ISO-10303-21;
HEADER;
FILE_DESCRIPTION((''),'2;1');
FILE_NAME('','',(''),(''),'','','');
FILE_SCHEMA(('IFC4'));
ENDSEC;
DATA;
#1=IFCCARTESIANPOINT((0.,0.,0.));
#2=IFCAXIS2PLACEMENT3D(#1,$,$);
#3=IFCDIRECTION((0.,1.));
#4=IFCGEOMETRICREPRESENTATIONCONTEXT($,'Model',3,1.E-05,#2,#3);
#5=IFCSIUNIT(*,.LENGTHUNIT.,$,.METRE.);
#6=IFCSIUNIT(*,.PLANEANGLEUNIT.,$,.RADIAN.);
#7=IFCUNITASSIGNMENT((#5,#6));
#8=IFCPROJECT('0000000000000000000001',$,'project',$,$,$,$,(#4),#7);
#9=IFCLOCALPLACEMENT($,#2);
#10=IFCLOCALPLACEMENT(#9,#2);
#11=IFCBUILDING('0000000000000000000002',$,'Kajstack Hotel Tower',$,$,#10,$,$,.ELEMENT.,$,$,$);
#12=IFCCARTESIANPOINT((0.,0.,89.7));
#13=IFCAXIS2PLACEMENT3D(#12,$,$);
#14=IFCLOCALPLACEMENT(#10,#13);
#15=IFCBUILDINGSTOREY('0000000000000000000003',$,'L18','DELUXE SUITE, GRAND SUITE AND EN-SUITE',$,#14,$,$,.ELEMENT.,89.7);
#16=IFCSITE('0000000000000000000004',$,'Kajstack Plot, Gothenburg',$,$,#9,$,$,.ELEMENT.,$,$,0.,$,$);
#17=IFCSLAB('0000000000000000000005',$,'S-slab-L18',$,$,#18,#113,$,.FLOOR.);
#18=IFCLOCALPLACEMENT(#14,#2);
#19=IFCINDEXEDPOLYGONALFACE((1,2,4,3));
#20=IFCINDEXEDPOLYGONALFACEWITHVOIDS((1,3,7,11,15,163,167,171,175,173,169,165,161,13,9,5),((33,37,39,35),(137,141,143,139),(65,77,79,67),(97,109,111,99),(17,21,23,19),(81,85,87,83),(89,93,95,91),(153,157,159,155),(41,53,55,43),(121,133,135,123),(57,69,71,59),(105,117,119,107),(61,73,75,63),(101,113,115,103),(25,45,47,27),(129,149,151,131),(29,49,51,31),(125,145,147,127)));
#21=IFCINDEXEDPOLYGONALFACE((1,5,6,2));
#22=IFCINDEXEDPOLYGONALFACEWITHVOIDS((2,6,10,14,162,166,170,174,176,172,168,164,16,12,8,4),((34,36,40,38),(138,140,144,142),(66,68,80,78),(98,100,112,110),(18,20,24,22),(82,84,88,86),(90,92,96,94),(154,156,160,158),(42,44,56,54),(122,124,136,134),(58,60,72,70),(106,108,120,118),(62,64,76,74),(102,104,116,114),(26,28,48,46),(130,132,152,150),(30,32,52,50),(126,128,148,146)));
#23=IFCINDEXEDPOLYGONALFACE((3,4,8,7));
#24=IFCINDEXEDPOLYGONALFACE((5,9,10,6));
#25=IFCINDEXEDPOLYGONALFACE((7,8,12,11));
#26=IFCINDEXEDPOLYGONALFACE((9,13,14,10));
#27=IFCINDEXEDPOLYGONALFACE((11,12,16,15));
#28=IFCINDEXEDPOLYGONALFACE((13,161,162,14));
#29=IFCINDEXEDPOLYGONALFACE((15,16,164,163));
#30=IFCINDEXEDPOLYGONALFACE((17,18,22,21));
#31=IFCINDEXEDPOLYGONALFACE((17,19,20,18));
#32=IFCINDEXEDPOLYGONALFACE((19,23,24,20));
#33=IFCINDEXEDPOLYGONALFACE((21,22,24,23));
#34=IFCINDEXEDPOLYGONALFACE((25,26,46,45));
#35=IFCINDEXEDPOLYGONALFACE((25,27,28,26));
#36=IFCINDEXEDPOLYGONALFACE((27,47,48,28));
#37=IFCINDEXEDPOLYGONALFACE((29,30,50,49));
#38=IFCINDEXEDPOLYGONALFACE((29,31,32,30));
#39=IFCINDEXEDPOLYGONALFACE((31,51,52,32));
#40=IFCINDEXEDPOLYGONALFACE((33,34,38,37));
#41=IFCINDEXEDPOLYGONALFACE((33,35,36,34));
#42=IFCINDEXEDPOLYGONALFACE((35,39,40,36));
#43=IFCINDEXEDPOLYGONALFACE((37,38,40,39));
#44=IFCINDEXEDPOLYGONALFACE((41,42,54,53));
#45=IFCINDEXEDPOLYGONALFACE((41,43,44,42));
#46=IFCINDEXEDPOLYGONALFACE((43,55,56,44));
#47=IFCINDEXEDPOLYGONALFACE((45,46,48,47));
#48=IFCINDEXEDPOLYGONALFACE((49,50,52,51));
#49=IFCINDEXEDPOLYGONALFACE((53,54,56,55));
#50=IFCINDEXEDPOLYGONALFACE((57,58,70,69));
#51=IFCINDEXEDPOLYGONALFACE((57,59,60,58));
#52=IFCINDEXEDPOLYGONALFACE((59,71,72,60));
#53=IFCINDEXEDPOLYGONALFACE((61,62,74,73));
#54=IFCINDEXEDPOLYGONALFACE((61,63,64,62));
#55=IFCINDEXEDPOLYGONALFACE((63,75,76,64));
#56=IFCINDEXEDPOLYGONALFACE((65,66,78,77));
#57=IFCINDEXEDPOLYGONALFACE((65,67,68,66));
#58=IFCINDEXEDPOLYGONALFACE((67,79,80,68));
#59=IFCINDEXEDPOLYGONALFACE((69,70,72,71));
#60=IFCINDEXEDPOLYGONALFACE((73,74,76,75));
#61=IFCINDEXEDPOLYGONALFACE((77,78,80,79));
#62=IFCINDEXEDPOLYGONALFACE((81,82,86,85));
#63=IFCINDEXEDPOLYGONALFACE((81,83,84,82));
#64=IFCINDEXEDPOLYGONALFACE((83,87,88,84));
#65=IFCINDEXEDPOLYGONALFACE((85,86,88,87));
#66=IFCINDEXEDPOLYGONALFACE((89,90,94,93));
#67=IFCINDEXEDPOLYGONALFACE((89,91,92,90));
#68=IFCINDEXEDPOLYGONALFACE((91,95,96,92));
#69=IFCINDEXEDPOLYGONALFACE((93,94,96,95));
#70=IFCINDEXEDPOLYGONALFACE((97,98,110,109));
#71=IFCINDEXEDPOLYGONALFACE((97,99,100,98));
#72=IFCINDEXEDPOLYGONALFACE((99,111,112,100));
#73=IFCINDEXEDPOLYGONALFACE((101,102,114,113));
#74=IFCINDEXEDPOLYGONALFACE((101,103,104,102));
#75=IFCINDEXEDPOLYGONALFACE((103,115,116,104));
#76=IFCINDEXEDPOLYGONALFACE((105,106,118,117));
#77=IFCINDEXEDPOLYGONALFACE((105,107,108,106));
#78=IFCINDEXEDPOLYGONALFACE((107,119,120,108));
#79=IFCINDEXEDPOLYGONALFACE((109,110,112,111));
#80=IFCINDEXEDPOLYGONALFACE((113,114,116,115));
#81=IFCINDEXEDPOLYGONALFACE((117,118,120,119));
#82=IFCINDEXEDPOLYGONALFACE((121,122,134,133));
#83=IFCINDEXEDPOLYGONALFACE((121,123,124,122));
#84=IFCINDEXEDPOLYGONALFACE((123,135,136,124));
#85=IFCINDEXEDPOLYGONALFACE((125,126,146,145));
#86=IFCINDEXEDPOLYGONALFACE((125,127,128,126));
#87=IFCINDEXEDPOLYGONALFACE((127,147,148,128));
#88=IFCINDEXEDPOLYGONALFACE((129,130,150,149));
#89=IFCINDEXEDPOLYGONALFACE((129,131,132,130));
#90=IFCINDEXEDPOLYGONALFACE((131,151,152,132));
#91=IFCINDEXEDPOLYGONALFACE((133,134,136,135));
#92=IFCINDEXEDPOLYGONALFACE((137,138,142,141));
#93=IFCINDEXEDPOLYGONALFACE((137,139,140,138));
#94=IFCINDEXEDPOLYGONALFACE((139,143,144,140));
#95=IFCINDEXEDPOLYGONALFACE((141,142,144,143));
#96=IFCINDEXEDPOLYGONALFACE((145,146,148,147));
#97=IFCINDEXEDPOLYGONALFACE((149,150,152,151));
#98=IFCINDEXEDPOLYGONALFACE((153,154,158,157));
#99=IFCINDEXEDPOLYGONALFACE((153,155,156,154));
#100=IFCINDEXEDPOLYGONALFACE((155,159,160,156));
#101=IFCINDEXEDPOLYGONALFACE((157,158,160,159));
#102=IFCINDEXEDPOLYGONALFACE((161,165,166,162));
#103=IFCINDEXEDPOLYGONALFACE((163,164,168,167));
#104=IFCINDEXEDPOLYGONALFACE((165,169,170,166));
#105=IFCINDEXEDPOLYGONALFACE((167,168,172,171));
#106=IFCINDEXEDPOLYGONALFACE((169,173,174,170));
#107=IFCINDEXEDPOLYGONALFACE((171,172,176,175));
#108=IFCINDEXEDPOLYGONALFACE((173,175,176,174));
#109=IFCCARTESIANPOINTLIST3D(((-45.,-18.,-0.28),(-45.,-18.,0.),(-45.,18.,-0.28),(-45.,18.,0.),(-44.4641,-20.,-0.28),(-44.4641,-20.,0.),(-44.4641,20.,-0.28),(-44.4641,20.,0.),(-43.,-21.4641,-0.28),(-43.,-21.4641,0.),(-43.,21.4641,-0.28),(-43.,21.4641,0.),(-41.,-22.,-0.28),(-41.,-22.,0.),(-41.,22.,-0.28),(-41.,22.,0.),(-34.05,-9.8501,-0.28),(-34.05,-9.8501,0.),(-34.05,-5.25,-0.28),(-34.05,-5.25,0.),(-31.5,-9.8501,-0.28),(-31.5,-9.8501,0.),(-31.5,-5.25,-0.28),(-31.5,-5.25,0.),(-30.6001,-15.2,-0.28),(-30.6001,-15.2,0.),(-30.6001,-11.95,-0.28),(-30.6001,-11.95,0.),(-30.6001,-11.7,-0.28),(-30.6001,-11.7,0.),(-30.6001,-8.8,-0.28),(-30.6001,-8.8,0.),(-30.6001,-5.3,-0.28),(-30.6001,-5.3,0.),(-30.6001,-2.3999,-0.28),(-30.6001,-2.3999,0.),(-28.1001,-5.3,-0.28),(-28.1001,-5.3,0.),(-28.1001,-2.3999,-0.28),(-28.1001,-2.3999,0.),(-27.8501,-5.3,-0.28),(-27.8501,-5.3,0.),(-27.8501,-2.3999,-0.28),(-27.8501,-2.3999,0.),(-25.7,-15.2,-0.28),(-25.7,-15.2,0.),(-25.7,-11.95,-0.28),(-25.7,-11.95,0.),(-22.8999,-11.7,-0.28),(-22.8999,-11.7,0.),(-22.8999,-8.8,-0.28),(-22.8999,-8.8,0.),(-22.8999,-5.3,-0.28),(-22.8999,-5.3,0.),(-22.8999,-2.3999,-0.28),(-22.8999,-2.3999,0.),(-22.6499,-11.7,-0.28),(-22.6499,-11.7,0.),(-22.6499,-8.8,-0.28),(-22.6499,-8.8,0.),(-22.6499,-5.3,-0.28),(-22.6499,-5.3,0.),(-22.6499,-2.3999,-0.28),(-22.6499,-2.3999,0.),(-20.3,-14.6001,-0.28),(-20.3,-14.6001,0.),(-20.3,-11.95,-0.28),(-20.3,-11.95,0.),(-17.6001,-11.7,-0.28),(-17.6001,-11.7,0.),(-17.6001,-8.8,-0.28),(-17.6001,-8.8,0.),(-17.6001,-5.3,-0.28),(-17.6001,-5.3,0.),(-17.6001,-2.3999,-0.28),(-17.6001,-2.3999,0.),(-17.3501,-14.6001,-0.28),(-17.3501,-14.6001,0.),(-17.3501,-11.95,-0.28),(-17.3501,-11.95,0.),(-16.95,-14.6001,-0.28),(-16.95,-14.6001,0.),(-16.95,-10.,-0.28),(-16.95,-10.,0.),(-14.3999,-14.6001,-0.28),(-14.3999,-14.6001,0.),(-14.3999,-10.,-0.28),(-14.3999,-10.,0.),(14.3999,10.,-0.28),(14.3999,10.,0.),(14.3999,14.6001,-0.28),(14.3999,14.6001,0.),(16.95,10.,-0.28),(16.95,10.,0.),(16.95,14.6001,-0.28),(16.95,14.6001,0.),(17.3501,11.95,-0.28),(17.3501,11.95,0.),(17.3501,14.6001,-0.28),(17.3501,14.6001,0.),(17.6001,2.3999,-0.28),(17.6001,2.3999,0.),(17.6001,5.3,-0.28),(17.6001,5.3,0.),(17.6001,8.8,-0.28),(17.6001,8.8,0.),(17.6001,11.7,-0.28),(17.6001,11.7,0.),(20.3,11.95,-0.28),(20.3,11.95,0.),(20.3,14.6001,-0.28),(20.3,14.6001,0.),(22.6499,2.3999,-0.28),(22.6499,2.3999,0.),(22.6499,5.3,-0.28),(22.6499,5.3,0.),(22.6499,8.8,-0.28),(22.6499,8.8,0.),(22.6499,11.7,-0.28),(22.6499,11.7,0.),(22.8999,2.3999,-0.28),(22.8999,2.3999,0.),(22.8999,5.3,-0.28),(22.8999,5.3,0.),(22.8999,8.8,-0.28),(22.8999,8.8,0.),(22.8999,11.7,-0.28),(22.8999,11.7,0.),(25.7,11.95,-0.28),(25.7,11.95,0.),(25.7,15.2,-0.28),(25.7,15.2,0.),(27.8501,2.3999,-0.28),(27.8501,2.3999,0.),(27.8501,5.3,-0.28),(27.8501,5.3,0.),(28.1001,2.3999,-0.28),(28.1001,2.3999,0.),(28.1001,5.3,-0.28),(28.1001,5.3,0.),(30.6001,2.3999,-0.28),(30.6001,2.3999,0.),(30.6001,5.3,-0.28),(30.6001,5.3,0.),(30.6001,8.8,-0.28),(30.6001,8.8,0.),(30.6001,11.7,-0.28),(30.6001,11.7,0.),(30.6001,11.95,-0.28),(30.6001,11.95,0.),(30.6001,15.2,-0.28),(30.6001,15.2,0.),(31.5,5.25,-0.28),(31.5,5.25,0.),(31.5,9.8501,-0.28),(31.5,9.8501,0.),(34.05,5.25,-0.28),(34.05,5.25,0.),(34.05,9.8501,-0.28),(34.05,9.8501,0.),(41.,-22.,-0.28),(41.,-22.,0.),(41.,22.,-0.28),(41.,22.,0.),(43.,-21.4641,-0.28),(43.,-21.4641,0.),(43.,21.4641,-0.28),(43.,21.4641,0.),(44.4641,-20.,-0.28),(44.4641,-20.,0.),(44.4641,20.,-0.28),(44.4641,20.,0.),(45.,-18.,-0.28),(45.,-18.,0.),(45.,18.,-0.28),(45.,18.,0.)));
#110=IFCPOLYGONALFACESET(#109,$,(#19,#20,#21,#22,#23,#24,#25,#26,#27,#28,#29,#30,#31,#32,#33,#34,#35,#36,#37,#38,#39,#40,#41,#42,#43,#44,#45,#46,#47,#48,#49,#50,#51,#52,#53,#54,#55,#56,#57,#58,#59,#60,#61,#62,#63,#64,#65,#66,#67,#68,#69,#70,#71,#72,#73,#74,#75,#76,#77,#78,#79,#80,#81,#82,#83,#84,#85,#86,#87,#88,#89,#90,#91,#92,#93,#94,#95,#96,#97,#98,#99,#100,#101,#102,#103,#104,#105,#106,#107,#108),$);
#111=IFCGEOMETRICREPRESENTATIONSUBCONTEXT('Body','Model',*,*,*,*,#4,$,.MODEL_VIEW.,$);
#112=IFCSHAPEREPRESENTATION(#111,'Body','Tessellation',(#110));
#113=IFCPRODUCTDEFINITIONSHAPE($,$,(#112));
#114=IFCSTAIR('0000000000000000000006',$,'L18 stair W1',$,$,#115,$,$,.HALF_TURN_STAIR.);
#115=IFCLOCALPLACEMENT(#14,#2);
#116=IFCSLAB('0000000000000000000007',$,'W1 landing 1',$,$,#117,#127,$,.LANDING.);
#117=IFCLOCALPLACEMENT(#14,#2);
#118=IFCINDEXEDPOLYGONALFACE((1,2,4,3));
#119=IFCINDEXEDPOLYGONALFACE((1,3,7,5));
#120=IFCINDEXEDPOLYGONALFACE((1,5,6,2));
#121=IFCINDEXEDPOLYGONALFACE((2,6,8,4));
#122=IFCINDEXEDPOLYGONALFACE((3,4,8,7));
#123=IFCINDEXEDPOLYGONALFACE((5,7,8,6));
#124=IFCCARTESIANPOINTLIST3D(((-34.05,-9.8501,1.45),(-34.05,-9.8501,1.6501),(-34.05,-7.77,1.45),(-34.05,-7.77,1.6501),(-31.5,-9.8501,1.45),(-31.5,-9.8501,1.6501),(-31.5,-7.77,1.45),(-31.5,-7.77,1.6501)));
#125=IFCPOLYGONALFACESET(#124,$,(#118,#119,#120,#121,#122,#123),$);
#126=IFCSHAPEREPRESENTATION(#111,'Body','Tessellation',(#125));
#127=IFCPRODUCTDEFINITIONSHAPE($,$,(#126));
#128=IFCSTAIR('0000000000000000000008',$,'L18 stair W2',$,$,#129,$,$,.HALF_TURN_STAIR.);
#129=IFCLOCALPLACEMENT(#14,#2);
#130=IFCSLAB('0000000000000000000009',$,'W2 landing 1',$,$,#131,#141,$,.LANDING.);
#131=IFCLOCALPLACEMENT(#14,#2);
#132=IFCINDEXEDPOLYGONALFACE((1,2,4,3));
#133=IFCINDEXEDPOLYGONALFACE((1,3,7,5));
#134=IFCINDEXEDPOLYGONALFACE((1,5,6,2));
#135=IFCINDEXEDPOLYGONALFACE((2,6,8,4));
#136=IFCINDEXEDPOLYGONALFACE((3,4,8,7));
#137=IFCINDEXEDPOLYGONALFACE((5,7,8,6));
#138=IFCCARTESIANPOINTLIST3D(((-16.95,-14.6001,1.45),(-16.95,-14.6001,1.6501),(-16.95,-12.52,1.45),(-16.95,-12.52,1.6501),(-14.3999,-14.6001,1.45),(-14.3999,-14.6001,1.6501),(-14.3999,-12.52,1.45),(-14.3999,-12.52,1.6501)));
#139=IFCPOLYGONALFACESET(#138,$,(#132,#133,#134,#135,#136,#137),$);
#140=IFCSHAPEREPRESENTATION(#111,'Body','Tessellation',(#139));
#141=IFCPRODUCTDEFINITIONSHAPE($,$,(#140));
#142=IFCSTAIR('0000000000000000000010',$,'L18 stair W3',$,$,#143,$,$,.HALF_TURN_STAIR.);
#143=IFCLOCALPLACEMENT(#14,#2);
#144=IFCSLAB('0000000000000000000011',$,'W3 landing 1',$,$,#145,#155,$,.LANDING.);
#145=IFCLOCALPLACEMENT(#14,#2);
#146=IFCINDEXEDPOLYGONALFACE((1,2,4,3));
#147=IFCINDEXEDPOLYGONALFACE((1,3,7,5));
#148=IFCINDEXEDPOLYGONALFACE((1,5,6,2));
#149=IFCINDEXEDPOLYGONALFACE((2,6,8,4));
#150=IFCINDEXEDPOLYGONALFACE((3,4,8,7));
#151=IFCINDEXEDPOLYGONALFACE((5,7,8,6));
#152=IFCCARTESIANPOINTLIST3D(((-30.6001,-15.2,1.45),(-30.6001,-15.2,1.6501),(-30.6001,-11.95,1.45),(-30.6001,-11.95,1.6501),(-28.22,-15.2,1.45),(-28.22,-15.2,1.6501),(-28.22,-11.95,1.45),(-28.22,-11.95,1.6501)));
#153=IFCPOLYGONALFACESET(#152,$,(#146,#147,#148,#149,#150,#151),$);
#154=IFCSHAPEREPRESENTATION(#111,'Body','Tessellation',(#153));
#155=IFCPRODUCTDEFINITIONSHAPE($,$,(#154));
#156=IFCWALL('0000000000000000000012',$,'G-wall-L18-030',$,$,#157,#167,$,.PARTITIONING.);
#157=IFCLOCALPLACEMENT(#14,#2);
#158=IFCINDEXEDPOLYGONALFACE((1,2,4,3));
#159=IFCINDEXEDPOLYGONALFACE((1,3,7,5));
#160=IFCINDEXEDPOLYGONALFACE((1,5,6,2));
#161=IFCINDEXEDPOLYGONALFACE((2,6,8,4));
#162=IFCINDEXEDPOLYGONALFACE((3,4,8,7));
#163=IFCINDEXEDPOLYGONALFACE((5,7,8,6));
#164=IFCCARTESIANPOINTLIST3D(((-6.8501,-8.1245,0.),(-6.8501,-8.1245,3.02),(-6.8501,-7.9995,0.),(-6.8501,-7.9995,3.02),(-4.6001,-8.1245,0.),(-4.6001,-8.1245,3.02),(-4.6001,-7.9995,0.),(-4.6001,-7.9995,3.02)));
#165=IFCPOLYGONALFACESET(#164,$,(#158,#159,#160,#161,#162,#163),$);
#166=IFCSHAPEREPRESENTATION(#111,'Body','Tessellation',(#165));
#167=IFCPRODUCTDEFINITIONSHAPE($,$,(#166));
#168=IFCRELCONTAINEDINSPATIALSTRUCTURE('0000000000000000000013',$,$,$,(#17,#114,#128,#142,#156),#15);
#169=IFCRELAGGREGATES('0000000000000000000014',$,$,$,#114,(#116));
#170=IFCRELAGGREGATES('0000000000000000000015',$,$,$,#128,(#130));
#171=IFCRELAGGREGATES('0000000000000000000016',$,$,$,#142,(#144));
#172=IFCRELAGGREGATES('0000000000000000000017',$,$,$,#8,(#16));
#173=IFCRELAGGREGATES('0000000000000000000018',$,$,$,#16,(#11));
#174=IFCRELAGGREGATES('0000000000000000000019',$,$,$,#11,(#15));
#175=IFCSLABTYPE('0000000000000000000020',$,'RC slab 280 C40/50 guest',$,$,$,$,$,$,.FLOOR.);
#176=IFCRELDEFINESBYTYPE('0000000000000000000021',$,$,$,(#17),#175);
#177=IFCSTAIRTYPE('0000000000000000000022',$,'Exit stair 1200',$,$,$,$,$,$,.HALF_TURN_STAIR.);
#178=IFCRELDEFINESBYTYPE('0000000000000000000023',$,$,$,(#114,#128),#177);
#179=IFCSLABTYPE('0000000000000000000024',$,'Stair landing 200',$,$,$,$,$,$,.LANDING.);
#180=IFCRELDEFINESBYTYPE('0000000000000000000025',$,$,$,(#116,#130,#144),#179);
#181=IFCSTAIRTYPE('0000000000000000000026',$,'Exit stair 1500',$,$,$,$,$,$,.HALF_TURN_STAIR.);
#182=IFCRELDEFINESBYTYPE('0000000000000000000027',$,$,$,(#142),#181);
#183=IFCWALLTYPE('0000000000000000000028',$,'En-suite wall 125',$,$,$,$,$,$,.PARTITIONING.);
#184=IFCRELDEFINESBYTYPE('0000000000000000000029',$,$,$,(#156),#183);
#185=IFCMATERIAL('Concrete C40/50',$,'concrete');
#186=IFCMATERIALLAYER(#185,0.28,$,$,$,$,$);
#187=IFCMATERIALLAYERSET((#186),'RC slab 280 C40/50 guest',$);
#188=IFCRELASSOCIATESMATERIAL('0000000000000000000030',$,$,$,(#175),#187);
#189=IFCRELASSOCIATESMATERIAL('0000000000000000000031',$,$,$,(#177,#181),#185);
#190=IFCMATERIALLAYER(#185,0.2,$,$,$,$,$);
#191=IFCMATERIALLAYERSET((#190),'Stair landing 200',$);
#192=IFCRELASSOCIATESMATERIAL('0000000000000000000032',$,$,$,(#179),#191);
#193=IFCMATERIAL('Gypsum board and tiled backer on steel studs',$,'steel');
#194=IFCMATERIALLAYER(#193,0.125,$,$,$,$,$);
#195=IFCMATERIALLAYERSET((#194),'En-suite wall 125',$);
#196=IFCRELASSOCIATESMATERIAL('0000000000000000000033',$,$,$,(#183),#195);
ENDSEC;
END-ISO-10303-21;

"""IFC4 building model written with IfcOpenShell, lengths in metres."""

from ifc_helpers import new_model, si_unit, direction, frame, frame_2d, origin, place, context, subcontext, project, spatial, polyline, rectangle, outline, extrude, material, layer, layer_set, type_object, element, aggregate, save


model = new_model("IFC4")

# Units and contexts
model_context = context("Model", 3, precision=1e-05, world=origin(), true_north=direction((0.0, 1.0)))
body_context = subcontext(model_context, "Body", "Model", "MODEL_VIEW")
ifc_project = project(units=[si_unit("LENGTHUNIT", "METRE"), si_unit("PLANEANGLEUNIT", "RADIAN")], contexts=[model_context])

# Site, building, storey
site_placement = place(None, origin())
site = spatial("IfcSite", under=ifc_project, at=site_placement, Name="Kajstack Plot, Gothenburg", CompositionType="ELEMENT", RefElevation=0.0)
building_placement = place(site_placement, origin())
building = spatial("IfcBuilding", under=site, at=building_placement, Name="Kajstack Hotel Tower", CompositionType="ELEMENT")
storey_placement = place(building_placement, frame((0.0, 0.0, 89.7)))
storey = spatial("IfcBuildingStorey", under=building, at=storey_placement, Name="L18", Description="DELUXE SUITE, GRAND SUITE AND EN-SUITE", CompositionType="ELEMENT", Elevation=89.7)

# Slab
ifc_material_1 = material(Name="Concrete C40/50", Category="concrete")
ifc_layer_1 = layer(ifc_material_1, 0.28)
ifc_layer_set_1 = layer_set([ifc_layer_1], Name="RC slab 280 C40/50 guest")
slab_type_1 = type_object("IfcSlabType", Name="RC slab 280 C40/50 guest", PredefinedType="FLOOR", material=ifc_layer_set_1)
slab_1_placement = place(storey_placement, frame((0.0, 0.0, -0.28)))
element("IfcSlab", 1, at=slab_1_placement, inside=storey, type_object=slab_type_1, Name="S-slab-L18", PredefinedType="FLOOR", context=body_context, shape_type="SweptSolid", body=[
    extrude(outline(polyline([(-45.0, -18.0), (-44.4641, -20.0), (-43.0, -21.4641), (-41.0, -22.0), (41.0, -22.0), (43.0, -21.4641), (44.4641, -20.0), (45.0, -18.0), (45.0, 18.0), (44.4641, 20.0), (43.0, 21.4641), (41.0, 22.0), (-41.0, 22.0), (-43.0, 21.4641), (-44.4641, 20.0), (-45.0, 18.0), (-45.0, -18.0)]), holes=[polyline([(-30.6001, -11.7), (-30.6001, -8.8), (-22.8999, -8.8), (-22.8999, -11.7), (-30.6001, -11.7)]), polyline([(-22.6499, -11.7), (-22.6499, -8.8), (-17.6001, -8.8), (-17.6001, -11.7), (-22.6499, -11.7)]), polyline([(-27.8501, -5.3), (-27.8501, -2.3999), (-22.8999, -2.3999), (-22.8999, -5.3), (-27.8501, -5.3)]), polyline([(-22.6499, -5.3), (-22.6499, -2.3999), (-17.6001, -2.3999), (-17.6001, -5.3), (-22.6499, -5.3)]), polyline([(-20.3, -14.6001), (-17.3501, -14.6001), (-17.3501, -11.95), (-20.3, -11.95), (-20.3, -14.6001)]), polyline([(-30.6001, -5.3), (-28.1001, -5.3), (-28.1001, -2.3999), (-30.6001, -2.3999), (-30.6001, -5.3)]), polyline([(22.8999, 8.8), (22.8999, 11.7), (30.6001, 11.7), (30.6001, 8.8), (22.8999, 8.8)]), polyline([(17.6001, 8.8), (17.6001, 11.7), (22.6499, 11.7), (22.6499, 8.8), (17.6001, 8.8)]), polyline([(22.8999, 2.3999), (22.8999, 5.3), (27.8501, 5.3), (27.8501, 2.3999), (22.8999, 2.3999)]), polyline([(17.6001, 2.3999), (17.6001, 5.3), (22.6499, 5.3), (22.6499, 2.3999), (17.6001, 2.3999)]), polyline([(20.3, 14.6001), (17.3501, 14.6001), (17.3501, 11.95), (20.3, 11.95), (20.3, 14.6001)]), polyline([(30.6001, 5.3), (28.1001, 5.3), (28.1001, 2.3999), (30.6001, 2.3999), (30.6001, 5.3)]), polyline([(-34.05, -9.8501), (-31.5, -9.8501), (-31.5, -5.25), (-34.05, -5.25), (-34.05, -9.8501)]), polyline([(-16.95, -14.6001), (-14.3999, -14.6001), (-14.3999, -10.0), (-16.95, -10.0), (-16.95, -14.6001)]), polyline([(-30.6001, -15.2), (-25.7, -15.2), (-25.7, -11.95), (-30.6001, -11.95), (-30.6001, -15.2)]), polyline([(34.05, 9.8501), (31.5, 9.8501), (31.5, 5.25), (34.05, 5.25), (34.05, 9.8501)]), polyline([(16.95, 14.6001), (14.3999, 14.6001), (14.3999, 10.0), (16.95, 10.0), (16.95, 14.6001)]), polyline([(30.6001, 15.2), (25.7, 15.2), (25.7, 11.95), (30.6001, 11.95), (30.6001, 15.2)])]), origin(), (0.0, 0.0, 1.0), 0.28),
])

# Stairs, slabs
stair_type_1 = type_object("IfcStairType", Name="Exit stair 1200", PredefinedType="HALF_TURN_STAIR", material=ifc_material_1)
stair_1_placement = place(storey_placement, origin())
stair_1 = element("IfcStair", 2, at=stair_1_placement, inside=storey, type_object=stair_type_1, Name="L18 stair W1", PredefinedType="HALF_TURN_STAIR")
ifc_layer_2 = layer(ifc_material_1, 0.2)
ifc_layer_set_2 = layer_set([ifc_layer_2], Name="Stair landing 200")
slab_type_2 = type_object("IfcSlabType", Name="Stair landing 200", PredefinedType="LANDING", material=ifc_layer_set_2)
slab_2_placement = place(storey_placement, frame((0.0, 0.0, 1.45)))
slab_2 = element("IfcSlab", 3, at=slab_2_placement, type_object=slab_type_2, Name="W1 landing 1", PredefinedType="LANDING", context=body_context, shape_type="SweptSolid", body=[
    extrude(outline(polyline([(-34.05, -7.77), (-34.05, -9.8501), (-31.5, -9.8501), (-31.5, -7.77), (-34.05, -7.77)])), origin(), (0.0, 0.0, 1.0), 0.2002),
])
aggregate(stair_1, [slab_2])
stair_2_placement = place(storey_placement, origin())
stair_2 = element("IfcStair", 4, at=stair_2_placement, inside=storey, type_object=stair_type_1, Name="L18 stair W2", PredefinedType="HALF_TURN_STAIR")
slab_3_placement = place(storey_placement, frame((0.0, 0.0, 1.45)))
slab_3 = element("IfcSlab", 5, at=slab_3_placement, type_object=slab_type_2, Name="W2 landing 1", PredefinedType="LANDING", context=body_context, shape_type="SweptSolid", body=[
    extrude(outline(polyline([(-16.95, -12.52), (-16.95, -14.6001), (-14.3999, -14.6001), (-14.3999, -12.52), (-16.95, -12.52)])), origin(), (0.0, 0.0, 1.0), 0.2002),
])
aggregate(stair_2, [slab_3])
stair_type_2 = type_object("IfcStairType", Name="Exit stair 1500", PredefinedType="HALF_TURN_STAIR", material=ifc_material_1)
stair_3_placement = place(storey_placement, origin())
stair_3 = element("IfcStair", 6, at=stair_3_placement, inside=storey, type_object=stair_type_2, Name="L18 stair W3", PredefinedType="HALF_TURN_STAIR")
slab_4_placement = place(storey_placement, frame((0.0, 0.0, 1.45)))
slab_4 = element("IfcSlab", 7, at=slab_4_placement, type_object=slab_type_2, Name="W3 landing 1", PredefinedType="LANDING", context=body_context, shape_type="SweptSolid", body=[
    extrude(outline(polyline([(-28.22, -11.95), (-30.6001, -11.95), (-30.6001, -15.2), (-28.22, -15.2), (-28.22, -11.95)])), origin(), (0.0, 0.0, 1.0), 0.2002),
])
aggregate(stair_3, [slab_4])

# Wall
ifc_material_2 = material(Name="Gypsum board and tiled backer on steel studs", Category="steel")
ifc_layer_3 = layer(ifc_material_2, 0.125)
ifc_layer_set_3 = layer_set([ifc_layer_3], Name="En-suite wall 125")
wall_type = type_object("IfcWallType", Name="En-suite wall 125", PredefinedType="PARTITIONING", material=ifc_layer_set_3)
wall_1_placement = place(storey_placement, frame((-6.8501, -8.062, 0.0), z_axis=(0.0, 0.0, 1.0), x_axis=(1.0, 0.0, 0.0)))
element("IfcWall", 8, at=wall_1_placement, inside=storey, type_object=wall_type, Name="G-wall-L18-030", PredefinedType="PARTITIONING", context=body_context, shape_type="SweptSolid", body=[
    extrude(rectangle(XDim=2.25, YDim=0.125, at=frame_2d((1.125, 0.0))), origin(), (0.0, 0.0, 1.0), 3.02),
])

save(model, "model.ifc")
